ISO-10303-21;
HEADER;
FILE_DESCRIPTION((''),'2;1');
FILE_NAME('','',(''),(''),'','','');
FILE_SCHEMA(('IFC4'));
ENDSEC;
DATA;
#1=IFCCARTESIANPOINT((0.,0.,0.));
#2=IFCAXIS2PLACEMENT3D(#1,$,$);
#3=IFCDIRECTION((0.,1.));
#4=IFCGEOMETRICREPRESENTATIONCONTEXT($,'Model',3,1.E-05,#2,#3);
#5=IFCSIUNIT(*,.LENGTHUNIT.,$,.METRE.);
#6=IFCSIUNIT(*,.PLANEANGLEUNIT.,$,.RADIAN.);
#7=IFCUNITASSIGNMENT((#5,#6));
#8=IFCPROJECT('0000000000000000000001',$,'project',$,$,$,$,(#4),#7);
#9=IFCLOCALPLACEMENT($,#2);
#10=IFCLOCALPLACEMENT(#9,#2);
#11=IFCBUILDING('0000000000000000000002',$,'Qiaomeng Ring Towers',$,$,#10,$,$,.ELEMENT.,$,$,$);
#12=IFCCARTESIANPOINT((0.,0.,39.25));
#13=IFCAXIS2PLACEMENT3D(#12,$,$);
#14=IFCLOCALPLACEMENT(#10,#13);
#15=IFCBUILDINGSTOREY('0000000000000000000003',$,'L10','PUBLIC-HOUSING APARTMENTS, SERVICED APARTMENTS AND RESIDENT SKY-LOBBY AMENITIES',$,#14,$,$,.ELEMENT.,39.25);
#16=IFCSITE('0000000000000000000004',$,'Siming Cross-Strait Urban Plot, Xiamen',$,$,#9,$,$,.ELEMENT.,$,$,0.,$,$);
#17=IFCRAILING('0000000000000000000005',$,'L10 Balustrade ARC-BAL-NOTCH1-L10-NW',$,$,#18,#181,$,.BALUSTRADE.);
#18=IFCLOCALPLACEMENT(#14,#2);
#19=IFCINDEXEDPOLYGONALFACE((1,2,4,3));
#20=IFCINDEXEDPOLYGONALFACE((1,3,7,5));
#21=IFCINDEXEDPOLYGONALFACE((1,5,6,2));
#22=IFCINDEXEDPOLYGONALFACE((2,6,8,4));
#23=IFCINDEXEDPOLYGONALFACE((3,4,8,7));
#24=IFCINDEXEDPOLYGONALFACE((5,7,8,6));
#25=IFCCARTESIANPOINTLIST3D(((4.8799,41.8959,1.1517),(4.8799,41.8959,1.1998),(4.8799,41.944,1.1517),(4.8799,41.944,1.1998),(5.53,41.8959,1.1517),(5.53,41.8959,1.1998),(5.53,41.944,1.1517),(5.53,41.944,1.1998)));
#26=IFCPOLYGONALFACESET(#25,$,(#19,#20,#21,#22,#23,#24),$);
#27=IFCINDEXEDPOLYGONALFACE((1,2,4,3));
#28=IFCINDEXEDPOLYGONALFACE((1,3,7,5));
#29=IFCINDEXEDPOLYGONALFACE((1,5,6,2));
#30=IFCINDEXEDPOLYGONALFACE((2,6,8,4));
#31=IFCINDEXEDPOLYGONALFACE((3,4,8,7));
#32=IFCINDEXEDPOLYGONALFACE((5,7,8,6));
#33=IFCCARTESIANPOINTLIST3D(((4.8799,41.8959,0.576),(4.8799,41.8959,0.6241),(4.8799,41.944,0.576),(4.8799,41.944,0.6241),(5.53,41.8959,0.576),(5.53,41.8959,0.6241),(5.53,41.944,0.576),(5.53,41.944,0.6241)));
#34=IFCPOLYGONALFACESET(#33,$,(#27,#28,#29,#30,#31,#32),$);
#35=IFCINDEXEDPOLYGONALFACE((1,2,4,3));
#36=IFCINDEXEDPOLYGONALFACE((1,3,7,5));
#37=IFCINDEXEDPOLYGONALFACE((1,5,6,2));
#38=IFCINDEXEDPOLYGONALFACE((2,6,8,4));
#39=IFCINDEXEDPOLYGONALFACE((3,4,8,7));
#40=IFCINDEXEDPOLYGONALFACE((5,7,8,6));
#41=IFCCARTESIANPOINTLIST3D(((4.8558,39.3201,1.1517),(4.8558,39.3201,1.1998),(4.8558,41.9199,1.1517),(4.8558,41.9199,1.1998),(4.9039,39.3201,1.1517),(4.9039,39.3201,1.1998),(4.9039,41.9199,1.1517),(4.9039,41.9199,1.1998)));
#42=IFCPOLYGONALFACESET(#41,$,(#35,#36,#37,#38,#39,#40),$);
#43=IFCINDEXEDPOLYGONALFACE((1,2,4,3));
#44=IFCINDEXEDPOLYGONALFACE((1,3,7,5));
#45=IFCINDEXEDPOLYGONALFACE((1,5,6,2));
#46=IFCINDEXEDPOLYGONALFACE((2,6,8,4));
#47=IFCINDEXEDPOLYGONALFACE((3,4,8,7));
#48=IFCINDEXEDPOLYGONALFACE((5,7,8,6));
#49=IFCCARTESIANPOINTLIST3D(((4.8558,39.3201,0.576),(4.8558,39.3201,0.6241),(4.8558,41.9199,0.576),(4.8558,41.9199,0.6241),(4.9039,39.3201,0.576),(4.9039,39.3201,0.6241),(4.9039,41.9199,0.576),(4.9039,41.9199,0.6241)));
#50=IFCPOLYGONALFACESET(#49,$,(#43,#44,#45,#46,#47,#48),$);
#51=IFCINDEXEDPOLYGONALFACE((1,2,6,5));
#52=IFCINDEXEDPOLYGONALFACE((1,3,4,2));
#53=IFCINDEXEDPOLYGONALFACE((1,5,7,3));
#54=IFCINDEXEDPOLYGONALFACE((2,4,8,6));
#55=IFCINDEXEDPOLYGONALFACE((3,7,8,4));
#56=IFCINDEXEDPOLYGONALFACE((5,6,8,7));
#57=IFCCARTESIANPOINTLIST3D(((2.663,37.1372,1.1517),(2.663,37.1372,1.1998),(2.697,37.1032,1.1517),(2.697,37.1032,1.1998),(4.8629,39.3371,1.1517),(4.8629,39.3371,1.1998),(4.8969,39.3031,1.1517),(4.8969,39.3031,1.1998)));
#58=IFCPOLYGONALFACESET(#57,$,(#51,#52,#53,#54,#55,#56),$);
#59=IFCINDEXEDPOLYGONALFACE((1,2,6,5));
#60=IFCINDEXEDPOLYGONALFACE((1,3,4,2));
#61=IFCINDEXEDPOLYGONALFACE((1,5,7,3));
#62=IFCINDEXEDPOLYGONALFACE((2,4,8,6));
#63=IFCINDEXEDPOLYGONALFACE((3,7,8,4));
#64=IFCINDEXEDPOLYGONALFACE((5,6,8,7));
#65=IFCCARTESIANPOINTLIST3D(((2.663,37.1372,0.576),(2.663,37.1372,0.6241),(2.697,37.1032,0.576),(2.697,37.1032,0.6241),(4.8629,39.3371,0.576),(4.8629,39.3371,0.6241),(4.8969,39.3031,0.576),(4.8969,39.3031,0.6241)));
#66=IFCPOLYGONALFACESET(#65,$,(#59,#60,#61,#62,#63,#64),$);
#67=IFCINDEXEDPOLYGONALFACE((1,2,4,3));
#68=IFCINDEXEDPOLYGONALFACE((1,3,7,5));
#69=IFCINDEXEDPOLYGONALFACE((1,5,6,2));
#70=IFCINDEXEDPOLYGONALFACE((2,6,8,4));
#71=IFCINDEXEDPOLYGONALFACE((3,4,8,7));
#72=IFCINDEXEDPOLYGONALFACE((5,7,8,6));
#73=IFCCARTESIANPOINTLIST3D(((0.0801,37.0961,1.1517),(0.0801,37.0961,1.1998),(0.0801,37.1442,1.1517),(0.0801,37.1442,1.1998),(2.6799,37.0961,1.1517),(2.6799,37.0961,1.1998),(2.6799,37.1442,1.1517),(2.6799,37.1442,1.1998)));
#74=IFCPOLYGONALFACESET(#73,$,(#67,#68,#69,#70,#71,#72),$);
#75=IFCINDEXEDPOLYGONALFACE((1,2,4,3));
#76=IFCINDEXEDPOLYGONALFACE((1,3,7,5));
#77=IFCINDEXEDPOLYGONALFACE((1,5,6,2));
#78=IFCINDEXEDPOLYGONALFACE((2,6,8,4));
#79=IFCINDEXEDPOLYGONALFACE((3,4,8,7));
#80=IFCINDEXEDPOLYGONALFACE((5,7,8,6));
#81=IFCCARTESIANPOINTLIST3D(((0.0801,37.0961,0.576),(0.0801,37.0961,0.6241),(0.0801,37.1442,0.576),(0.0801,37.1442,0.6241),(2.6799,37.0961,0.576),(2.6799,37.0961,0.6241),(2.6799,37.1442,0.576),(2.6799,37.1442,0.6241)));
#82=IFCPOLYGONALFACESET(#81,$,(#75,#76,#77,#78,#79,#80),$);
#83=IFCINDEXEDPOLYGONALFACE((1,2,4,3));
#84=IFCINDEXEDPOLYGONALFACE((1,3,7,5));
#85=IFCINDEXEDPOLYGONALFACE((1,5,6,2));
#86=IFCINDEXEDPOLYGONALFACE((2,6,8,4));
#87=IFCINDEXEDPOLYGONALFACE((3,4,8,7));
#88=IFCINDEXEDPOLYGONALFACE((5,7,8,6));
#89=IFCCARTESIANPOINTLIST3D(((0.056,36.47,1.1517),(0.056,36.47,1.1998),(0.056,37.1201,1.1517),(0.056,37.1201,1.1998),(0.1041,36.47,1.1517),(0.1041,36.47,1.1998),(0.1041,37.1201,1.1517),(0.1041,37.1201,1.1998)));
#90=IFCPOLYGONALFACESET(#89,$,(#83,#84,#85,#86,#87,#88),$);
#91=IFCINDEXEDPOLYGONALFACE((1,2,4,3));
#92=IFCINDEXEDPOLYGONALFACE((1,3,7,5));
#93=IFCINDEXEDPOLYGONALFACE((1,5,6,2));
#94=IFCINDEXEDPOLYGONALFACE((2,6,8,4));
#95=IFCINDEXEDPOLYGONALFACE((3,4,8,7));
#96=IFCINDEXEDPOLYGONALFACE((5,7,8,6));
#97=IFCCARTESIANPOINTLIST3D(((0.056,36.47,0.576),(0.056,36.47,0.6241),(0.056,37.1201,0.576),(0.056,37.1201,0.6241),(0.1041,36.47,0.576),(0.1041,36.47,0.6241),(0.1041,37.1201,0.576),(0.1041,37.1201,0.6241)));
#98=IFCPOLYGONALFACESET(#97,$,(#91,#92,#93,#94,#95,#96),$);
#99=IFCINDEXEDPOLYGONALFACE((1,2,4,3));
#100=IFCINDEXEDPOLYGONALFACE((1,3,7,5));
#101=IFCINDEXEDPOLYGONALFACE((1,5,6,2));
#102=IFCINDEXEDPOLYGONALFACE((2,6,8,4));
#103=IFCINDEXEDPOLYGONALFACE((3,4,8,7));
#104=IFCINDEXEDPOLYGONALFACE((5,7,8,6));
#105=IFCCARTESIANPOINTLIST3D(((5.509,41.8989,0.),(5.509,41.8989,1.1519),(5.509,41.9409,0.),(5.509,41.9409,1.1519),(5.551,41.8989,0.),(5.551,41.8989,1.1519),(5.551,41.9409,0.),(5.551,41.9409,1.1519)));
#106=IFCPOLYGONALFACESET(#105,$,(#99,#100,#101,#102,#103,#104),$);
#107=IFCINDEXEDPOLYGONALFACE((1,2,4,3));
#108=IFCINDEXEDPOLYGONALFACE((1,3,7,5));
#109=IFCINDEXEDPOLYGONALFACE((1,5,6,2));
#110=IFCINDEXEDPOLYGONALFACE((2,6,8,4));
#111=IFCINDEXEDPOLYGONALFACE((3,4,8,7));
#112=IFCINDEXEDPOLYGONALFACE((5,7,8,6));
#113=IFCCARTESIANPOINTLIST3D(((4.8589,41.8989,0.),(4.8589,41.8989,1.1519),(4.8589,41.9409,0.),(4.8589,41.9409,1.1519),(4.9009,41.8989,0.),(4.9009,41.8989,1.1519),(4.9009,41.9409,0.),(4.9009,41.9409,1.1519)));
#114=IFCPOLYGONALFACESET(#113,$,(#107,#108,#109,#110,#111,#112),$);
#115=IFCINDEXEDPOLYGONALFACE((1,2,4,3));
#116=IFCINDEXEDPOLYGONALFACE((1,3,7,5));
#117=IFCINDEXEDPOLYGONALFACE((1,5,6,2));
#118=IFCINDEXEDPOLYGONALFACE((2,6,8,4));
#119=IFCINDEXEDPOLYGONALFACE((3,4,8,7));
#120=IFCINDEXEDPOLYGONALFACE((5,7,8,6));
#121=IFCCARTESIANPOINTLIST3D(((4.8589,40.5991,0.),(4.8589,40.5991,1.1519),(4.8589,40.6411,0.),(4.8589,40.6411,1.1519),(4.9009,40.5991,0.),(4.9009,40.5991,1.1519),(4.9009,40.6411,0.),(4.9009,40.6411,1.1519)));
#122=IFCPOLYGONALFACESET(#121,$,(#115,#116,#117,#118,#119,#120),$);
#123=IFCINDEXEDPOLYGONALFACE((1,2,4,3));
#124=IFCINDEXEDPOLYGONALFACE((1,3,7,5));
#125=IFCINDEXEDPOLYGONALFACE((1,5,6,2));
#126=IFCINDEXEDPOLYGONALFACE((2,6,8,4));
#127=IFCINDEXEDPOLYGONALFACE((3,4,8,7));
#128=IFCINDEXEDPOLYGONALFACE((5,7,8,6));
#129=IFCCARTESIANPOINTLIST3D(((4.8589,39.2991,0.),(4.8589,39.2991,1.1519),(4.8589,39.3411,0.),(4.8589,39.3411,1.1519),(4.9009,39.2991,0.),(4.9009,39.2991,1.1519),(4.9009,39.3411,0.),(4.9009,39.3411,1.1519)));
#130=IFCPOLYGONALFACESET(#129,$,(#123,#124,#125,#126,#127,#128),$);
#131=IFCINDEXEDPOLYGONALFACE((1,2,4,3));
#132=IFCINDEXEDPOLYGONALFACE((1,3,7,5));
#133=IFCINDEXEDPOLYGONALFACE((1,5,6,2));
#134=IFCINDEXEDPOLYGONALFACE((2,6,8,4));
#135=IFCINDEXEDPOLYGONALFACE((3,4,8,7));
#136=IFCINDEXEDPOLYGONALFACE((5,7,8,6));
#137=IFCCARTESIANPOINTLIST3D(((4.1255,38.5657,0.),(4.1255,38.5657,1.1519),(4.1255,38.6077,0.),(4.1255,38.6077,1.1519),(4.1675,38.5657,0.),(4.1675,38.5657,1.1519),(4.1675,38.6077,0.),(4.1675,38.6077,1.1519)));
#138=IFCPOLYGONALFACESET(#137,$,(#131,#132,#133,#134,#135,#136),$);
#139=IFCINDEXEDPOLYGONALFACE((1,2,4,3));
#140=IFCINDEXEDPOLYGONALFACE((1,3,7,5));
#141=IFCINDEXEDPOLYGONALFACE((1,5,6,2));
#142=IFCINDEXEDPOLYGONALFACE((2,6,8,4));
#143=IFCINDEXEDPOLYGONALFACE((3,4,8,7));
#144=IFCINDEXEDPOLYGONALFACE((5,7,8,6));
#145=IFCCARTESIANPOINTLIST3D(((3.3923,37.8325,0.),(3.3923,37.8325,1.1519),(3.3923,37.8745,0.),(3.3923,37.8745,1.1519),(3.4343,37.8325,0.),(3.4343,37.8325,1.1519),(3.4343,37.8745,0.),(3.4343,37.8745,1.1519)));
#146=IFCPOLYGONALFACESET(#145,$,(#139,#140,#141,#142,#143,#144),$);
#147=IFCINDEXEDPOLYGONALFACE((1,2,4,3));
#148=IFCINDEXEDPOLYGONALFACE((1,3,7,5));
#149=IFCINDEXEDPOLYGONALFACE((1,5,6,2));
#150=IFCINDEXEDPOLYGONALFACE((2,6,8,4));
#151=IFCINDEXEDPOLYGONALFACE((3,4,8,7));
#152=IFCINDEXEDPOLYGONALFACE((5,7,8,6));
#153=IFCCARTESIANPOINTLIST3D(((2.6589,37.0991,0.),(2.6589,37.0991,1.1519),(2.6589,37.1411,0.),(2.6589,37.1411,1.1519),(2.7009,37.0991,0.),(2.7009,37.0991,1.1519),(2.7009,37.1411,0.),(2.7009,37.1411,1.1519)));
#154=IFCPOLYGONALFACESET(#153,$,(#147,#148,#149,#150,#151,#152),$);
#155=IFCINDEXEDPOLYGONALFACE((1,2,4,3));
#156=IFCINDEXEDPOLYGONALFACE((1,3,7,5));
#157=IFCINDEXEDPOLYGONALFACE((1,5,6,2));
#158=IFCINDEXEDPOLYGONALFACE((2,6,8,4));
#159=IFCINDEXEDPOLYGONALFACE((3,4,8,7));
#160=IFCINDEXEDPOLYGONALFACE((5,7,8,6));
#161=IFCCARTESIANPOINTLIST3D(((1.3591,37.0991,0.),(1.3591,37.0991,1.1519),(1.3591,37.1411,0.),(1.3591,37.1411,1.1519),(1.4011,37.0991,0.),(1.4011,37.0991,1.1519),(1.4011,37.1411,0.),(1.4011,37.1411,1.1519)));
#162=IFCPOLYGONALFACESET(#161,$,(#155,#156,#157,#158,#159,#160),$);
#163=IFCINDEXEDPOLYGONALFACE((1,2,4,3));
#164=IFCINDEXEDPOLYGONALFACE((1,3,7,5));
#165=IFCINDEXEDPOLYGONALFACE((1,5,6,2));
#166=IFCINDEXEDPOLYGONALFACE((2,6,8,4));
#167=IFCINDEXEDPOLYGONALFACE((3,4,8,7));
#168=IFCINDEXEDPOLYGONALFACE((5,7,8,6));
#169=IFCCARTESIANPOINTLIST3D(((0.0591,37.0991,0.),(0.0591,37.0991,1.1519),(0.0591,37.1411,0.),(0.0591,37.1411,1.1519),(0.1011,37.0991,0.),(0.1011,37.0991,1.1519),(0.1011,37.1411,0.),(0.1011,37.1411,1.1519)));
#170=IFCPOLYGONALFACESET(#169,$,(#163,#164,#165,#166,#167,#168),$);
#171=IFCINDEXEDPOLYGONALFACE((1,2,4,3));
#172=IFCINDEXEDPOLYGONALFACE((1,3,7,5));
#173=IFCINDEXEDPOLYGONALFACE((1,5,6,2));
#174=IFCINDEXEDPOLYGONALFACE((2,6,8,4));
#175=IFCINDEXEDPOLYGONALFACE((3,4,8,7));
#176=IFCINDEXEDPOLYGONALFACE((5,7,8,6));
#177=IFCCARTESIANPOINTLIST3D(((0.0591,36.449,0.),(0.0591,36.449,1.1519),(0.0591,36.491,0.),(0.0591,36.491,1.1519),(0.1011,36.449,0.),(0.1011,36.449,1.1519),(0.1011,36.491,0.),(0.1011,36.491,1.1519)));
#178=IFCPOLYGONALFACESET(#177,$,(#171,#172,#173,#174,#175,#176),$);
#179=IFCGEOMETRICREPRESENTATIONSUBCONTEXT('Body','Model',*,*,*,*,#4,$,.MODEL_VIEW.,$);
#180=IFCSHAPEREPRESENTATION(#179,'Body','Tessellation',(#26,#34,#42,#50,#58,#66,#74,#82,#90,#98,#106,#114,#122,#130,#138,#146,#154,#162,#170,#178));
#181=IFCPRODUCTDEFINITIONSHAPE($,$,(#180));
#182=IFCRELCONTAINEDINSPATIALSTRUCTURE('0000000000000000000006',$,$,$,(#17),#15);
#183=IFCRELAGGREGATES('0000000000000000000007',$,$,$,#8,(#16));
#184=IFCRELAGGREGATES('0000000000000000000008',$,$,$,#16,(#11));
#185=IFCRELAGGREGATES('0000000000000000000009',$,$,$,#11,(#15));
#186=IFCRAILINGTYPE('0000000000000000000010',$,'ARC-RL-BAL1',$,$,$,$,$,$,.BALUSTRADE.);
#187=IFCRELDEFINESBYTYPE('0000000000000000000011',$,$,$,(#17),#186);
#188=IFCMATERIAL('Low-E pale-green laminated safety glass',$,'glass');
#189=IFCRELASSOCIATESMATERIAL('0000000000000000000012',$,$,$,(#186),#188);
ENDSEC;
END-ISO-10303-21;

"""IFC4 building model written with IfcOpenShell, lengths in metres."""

from ifc_helpers import new_model, si_unit, direction, frame, origin, origin_2d, place, context, subcontext, project, spatial, rectangle, extrude, material, type_object, element, save


model = new_model("IFC4")

# Units and contexts
model_context = context("Model", 3, precision=1e-05, world=origin(), true_north=direction((0.0, 1.0)))
body_context = subcontext(model_context, "Body", "Model", "MODEL_VIEW")
ifc_project = project(units=[si_unit("LENGTHUNIT", "METRE"), si_unit("PLANEANGLEUNIT", "RADIAN")], contexts=[model_context])

# Site, building, storey
site_placement = place(None, origin())
site = spatial("IfcSite", under=ifc_project, at=site_placement, Name="Siming Cross-Strait Urban Plot, Xiamen", CompositionType="ELEMENT", RefElevation=0.0)
building_placement = place(site_placement, origin())
building = spatial("IfcBuilding", under=site, at=building_placement, Name="Qiaomeng Ring Towers", CompositionType="ELEMENT")
storey_placement = place(building_placement, frame((0.0, 0.0, 39.25)))
storey = spatial("IfcBuildingStorey", under=building, at=storey_placement, Name="L10", Description="PUBLIC-HOUSING APARTMENTS, SERVICED APARTMENTS AND RESIDENT SKY-LOBBY AMENITIES", CompositionType="ELEMENT", Elevation=39.25)

# Railing
ifc_material_1 = material(Name="Low-E pale-green laminated safety glass", Category="glass")
railing_type = type_object("IfcRailingType", Name="ARC-RL-BAL1", PredefinedType="BALUSTRADE", material=ifc_material_1)
railing_placement = place(storey_placement, frame((5.53, 41.9199, 0.0)))
element("IfcRailing", 1, at=railing_placement, inside=storey, type_object=railing_type, Name="L10 Balustrade ARC-BAL-NOTCH1-L10-NW", PredefinedType="BALUSTRADE", context=body_context, shape_type="SweptSolid", body=[
    extrude(rectangle(XDim=0.0481, YDim=0.0481, at=origin_2d()), frame((0.0, 0.0, 1.1758), z_axis=(-1.0, 0.0, 0.0), x_axis=(0.0, -1.0, 0.0)), (0.0, 0.0, 1.0), 0.6501),
    extrude(rectangle(XDim=0.0481, YDim=0.0481, at=origin_2d()), frame((0.0, 0.0, 0.6001), z_axis=(-1.0, 0.0, 0.0), x_axis=(0.0, -1.0, 0.0)), (0.0, 0.0, 1.0), 0.6501),
    extrude(rectangle(XDim=0.0481, YDim=0.0481, at=origin_2d()), frame((-0.6501, 0.0, 1.1758), z_axis=(0.0, -1.0, 0.0), x_axis=(1.0, 0.0, 0.0)), (0.0, 0.0, 1.0), 2.5999),
    extrude(rectangle(XDim=0.0481, YDim=0.0481, at=origin_2d()), frame((-0.6501, 0.0, 0.6001), z_axis=(0.0, -1.0, 0.0), x_axis=(1.0, 0.0, 0.0)), (0.0, 0.0, 1.0), 2.5999),
    extrude(rectangle(XDim=0.0481, YDim=0.0481, at=origin_2d()), frame((-0.6501, -2.5999, 1.1758), z_axis=(-0.707107, -0.707107, 0.0), x_axis=(0.707107, -0.707107, 0.0)), (0.0, 0.0, 1.0), 3.1111),
    extrude(rectangle(XDim=0.0481, YDim=0.0481, at=origin_2d()), frame((-0.6501, -2.5999, 0.6001), z_axis=(-0.707107, -0.707107, 0.0), x_axis=(0.707107, -0.707107, 0.0)), (0.0, 0.0, 1.0), 3.1111),
    extrude(rectangle(XDim=0.0481, YDim=0.0481, at=origin_2d()), frame((-2.8501, -4.7998, 1.1758), z_axis=(-1.0, 0.0, 0.0), x_axis=(0.0, -1.0, 0.0)), (0.0, 0.0, 1.0), 2.5999),
    extrude(rectangle(XDim=0.0481, YDim=0.0481, at=origin_2d()), frame((-2.8501, -4.7998, 0.6001), z_axis=(-1.0, 0.0, 0.0), x_axis=(0.0, -1.0, 0.0)), (0.0, 0.0, 1.0), 2.5999),
    extrude(rectangle(XDim=0.0481, YDim=0.0481, at=origin_2d()), frame((-5.45, -4.7998, 1.1758), z_axis=(0.0, -1.0, 0.0), x_axis=(1.0, 0.0, 0.0)), (0.0, 0.0, 1.0), 0.6501),
    extrude(rectangle(XDim=0.0481, YDim=0.0481, at=origin_2d()), frame((-5.45, -4.7998, 0.6001), z_axis=(0.0, -1.0, 0.0), x_axis=(1.0, 0.0, 0.0)), (0.0, 0.0, 1.0), 0.6501),
    extrude(rectangle(XDim=0.042, YDim=0.042, at=origin_2d()), origin(), (0.0, 0.0, 1.0), 1.1519),
    extrude(rectangle(XDim=0.042, YDim=0.042, at=origin_2d()), frame((-0.6501, 0.0, 0.0)), (0.0, 0.0, 1.0), 1.1519),
    extrude(rectangle(XDim=0.042, YDim=0.042, at=origin_2d()), frame((-0.6501, -1.2998, 0.0)), (0.0, 0.0, 1.0), 1.1519),
    extrude(rectangle(XDim=0.042, YDim=0.042, at=origin_2d()), frame((-0.6501, -2.5999, 0.0)), (0.0, 0.0, 1.0), 1.1519),
    extrude(rectangle(XDim=0.042, YDim=0.042, at=origin_2d()), frame((-1.3835, -3.3333, 0.0)), (0.0, 0.0, 1.0), 1.1519),
    extrude(rectangle(XDim=0.042, YDim=0.042, at=origin_2d()), frame((-2.1167, -4.0664, 0.0)), (0.0, 0.0, 1.0), 1.1519),
    extrude(rectangle(XDim=0.042, YDim=0.042, at=origin_2d()), frame((-2.8501, -4.7998, 0.0)), (0.0, 0.0, 1.0), 1.1519),
    extrude(rectangle(XDim=0.042, YDim=0.042, at=origin_2d()), frame((-4.1499, -4.7998, 0.0)), (0.0, 0.0, 1.0), 1.1519),
    extrude(rectangle(XDim=0.042, YDim=0.042, at=origin_2d()), frame((-5.45, -4.7998, 0.0)), (0.0, 0.0, 1.0), 1.1519),
    extrude(rectangle(XDim=0.042, YDim=0.042, at=origin_2d()), frame((-5.45, -5.45, 0.0)), (0.0, 0.0, 1.0), 1.1519),
])

save(model, "model.ifc")
